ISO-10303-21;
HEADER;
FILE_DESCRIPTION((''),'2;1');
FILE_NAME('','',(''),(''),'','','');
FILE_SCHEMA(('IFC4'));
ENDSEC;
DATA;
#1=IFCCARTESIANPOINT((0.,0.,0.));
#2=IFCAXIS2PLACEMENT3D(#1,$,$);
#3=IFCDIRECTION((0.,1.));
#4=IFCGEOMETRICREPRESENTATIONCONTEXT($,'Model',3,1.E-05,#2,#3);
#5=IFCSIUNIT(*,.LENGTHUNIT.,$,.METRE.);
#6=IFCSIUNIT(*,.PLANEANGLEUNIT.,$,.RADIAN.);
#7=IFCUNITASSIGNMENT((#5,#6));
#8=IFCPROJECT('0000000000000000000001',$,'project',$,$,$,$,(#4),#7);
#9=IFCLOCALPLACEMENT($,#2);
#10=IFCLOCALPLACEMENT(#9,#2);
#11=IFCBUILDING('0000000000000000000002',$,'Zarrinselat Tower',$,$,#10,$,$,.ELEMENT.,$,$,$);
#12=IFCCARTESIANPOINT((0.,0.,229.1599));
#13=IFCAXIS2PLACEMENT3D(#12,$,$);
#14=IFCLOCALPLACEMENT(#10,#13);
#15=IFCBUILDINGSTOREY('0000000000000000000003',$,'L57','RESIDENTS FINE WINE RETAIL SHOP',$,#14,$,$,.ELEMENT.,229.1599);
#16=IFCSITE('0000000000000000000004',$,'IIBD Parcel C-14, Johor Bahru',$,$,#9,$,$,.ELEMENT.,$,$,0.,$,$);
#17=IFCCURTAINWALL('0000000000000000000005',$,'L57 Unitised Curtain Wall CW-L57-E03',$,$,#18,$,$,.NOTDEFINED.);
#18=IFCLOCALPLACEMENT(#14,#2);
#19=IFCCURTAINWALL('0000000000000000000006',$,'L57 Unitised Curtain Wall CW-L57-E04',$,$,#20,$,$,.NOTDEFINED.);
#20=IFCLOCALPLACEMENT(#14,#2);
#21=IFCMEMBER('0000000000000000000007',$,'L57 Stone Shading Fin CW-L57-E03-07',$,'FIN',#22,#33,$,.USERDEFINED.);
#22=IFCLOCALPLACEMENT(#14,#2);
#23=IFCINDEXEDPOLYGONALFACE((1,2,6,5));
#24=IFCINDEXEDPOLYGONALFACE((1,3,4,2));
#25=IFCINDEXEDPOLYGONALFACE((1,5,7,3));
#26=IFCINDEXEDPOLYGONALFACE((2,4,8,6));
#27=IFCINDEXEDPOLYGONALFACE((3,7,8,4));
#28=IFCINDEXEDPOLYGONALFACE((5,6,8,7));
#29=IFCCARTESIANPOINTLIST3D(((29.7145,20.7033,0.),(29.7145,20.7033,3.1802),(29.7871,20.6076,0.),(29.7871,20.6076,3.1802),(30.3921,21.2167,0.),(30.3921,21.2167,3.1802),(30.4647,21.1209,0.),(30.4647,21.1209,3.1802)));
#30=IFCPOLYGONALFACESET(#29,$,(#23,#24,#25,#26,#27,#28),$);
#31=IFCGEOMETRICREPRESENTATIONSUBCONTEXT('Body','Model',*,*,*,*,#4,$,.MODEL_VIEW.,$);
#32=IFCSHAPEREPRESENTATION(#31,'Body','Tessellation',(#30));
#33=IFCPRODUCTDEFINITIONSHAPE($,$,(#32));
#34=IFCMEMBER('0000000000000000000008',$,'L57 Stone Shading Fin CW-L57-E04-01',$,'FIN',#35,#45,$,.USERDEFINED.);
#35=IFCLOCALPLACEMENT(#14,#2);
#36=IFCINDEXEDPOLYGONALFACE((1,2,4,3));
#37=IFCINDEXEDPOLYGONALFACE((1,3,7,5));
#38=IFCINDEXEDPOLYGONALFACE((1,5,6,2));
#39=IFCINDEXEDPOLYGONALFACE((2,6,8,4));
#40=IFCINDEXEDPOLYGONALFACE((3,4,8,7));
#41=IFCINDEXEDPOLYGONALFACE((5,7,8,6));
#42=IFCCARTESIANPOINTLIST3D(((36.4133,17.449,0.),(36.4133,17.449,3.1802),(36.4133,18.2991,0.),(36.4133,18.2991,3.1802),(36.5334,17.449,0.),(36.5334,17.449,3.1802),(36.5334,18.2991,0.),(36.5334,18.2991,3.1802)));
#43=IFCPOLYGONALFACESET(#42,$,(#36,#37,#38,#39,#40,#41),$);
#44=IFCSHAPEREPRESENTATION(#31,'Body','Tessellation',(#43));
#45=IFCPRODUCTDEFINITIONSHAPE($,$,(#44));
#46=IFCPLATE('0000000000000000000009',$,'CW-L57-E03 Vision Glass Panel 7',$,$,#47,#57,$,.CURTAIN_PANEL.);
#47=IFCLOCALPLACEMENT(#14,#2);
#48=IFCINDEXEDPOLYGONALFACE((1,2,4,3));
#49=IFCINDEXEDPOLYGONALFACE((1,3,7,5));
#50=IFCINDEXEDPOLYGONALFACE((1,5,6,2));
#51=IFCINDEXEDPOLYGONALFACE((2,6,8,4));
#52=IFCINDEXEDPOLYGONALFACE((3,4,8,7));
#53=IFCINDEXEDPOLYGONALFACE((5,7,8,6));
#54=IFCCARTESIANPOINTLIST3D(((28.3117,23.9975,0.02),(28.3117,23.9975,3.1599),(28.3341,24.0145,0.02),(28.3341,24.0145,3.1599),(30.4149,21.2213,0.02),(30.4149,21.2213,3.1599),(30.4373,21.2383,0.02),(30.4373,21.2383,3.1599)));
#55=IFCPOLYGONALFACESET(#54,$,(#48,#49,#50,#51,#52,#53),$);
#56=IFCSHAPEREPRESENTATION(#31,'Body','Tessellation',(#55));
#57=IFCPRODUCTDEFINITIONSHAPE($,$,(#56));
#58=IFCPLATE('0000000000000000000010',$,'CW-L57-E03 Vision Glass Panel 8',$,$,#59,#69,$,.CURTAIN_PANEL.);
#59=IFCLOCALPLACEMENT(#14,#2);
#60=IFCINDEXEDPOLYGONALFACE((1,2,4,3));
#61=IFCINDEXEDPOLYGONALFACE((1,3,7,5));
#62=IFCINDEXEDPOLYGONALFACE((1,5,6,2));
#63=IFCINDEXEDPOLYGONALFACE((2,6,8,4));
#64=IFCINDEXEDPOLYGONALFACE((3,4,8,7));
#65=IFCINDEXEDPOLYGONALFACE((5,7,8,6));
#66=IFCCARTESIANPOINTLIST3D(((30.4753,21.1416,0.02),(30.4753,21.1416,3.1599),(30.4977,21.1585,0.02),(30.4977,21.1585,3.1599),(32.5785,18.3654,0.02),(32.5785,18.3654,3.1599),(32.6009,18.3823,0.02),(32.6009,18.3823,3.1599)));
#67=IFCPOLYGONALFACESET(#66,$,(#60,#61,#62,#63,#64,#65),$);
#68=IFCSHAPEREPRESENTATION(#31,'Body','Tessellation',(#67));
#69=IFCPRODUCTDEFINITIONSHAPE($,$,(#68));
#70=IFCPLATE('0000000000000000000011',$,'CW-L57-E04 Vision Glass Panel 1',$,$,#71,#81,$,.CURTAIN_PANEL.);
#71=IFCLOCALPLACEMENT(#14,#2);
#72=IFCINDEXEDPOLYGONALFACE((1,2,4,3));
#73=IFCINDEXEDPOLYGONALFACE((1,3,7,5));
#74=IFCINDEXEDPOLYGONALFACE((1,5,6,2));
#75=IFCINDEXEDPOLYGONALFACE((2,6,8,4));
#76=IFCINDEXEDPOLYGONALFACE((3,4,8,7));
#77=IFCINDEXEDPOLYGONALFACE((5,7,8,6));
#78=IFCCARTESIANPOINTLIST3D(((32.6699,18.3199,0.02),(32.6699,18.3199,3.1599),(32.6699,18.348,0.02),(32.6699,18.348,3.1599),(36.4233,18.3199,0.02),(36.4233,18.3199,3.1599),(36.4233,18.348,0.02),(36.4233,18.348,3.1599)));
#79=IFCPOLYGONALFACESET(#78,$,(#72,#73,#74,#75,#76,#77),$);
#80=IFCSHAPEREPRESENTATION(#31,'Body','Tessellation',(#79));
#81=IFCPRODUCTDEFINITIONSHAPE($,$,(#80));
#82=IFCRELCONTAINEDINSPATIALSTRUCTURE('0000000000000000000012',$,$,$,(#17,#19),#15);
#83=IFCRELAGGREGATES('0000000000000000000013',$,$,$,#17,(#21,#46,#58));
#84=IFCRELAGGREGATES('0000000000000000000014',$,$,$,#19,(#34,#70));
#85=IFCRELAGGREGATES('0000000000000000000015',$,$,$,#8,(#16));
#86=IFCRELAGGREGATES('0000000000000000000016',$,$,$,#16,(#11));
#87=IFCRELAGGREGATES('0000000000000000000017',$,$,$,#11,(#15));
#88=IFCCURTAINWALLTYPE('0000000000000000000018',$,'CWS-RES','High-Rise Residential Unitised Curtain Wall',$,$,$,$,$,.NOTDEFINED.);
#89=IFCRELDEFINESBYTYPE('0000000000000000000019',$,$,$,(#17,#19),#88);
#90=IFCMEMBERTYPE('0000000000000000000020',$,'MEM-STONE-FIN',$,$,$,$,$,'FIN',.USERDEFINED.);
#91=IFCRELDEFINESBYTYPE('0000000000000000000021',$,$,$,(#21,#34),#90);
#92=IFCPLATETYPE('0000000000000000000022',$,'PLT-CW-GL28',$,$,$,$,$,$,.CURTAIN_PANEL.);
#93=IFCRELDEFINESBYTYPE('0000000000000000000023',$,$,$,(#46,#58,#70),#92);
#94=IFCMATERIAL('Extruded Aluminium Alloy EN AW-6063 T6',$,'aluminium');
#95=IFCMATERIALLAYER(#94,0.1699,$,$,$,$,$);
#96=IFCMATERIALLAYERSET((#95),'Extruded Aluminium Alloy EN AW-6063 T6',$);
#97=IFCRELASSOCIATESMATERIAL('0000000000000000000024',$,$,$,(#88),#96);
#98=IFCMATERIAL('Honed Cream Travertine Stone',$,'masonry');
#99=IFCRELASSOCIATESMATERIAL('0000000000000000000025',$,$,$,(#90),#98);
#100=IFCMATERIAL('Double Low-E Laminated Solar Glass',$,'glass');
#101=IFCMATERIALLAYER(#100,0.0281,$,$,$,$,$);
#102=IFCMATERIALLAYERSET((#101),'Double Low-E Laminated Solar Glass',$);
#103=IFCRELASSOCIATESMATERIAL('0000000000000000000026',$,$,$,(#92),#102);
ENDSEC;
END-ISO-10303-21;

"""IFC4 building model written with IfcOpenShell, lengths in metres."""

from ifc_helpers import new_model, si_unit, direction, frame, origin, origin_2d, place, context, subcontext, project, spatial, rectangle, extrude, material, layer, layer_set, material_profile, profile_set, type_object, element, aggregate, save


model = new_model("IFC4")

# Units and contexts
model_context = context("Model", 3, precision=1e-05, world=origin(), true_north=direction((0.0, 1.0)))
body_context = subcontext(model_context, "Body", "Model", "MODEL_VIEW")
ifc_project = project(units=[si_unit("LENGTHUNIT", "METRE"), si_unit("PLANEANGLEUNIT", "RADIAN")], contexts=[model_context])

# Site, building, storey
site_placement = place(None, origin())
site = spatial("IfcSite", under=ifc_project, at=site_placement, Name="IIBD Parcel C-14, Johor Bahru", CompositionType="ELEMENT", RefElevation=0.0)
building_placement = place(site_placement, origin())
building = spatial("IfcBuilding", under=site, at=building_placement, Name="Zarrinselat Tower", CompositionType="ELEMENT")
storey_placement = place(building_placement, frame((0.0, 0.0, 229.1599)))
storey = spatial("IfcBuildingStorey", under=building, at=storey_placement, Name="L57", Description="RESIDENTS FINE WINE RETAIL SHOP", CompositionType="ELEMENT", Elevation=229.1599)

# Curtain walls
ifc_material_1 = material(Name="Extruded Aluminium Alloy EN AW-6063 T6", Category="aluminium")
ifc_layer_1 = layer(ifc_material_1, 0.1699)
ifc_layer_set_1 = layer_set([ifc_layer_1], Name="Extruded Aluminium Alloy EN AW-6063 T6")
curtain_wall_type = type_object("IfcCurtainWallType", Name="CWS-RES", Description="High-Rise Residential Unitised Curtain Wall", PredefinedType="NOTDEFINED", material=ifc_layer_set_1)
curtain_wall_1_placement = place(storey_placement, origin())
curtain_wall_1 = element("IfcCurtainWall", 1, at=curtain_wall_1_placement, inside=storey, type_object=curtain_wall_type, Name="L57 Unitised Curtain Wall CW-L57-E03", PredefinedType="NOTDEFINED")
curtain_wall_2_placement = place(storey_placement, origin())
curtain_wall_2 = element("IfcCurtainWall", 2, at=curtain_wall_2_placement, inside=storey, type_object=curtain_wall_type, Name="L57 Unitised Curtain Wall CW-L57-E04", PredefinedType="NOTDEFINED")

# Members
ifc_material_2 = material(Name="Honed Cream Travertine Stone", Category="masonry")
ifc_material_profile_1 = material_profile(ifc_material_2, rectangle(XDim=0.1201, YDim=0.8501, at=origin_2d()), Name="FIN 850x120")
ifc_profile_set_1 = profile_set([ifc_material_profile_1], Name="Honed Cream Travertine Stone")
member_type_1 = type_object("IfcMemberType", Name="MEM-STONE-FIN", ElementType="FIN", PredefinedType="USERDEFINED", material=ifc_profile_set_1)
member_1_placement = place(storey_placement, frame((30.0896, 20.9121, 0.0), z_axis=(0.0, 0.0, 1.0), x_axis=(-0.603857, 0.797092, 0.0)))
member_1 = element("IfcMember", 3, at=member_1_placement, type_object=member_type_1, Name="L57 Stone Shading Fin CW-L57-E03-07", ObjectType="FIN", PredefinedType="USERDEFINED", context=body_context, shape_type="SweptSolid", body=[
    extrude(rectangle(XDim=0.1201, YDim=0.8501, at=origin_2d()), origin(), (0.0, 0.0, 1.0), 3.1802),
])
member_2_placement = place(storey_placement, frame((36.4734, 17.874, 0.0), z_axis=(0.0, 0.0, 1.0), x_axis=(-1.0, 0.0, 0.0)))
member_2 = element("IfcMember", 4, at=member_2_placement, type_object=member_type_1, Name="L57 Stone Shading Fin CW-L57-E04-01", ObjectType="FIN", PredefinedType="USERDEFINED", context=body_context, shape_type="SweptSolid", body=[
    extrude(rectangle(XDim=0.1201, YDim=0.8501, at=origin_2d()), origin(), (0.0, 0.0, 1.0), 3.1802),
])

# Plates
ifc_material_3 = material(Name="Double Low-E Laminated Solar Glass", Category="glass")
ifc_layer_2 = layer(ifc_material_3, 0.0281)
ifc_layer_set_2 = layer_set([ifc_layer_2], Name="Double Low-E Laminated Solar Glass")
plate_type = type_object("IfcPlateType", Name="PLT-CW-GL28", PredefinedType="CURTAIN_PANEL", material=ifc_layer_set_2)
plate_1_placement = place(storey_placement, frame((29.3745, 22.6179, 0.02), z_axis=(0.0, 0.0, 1.0), x_axis=(0.603857, -0.797092, 0.0)))
plate_1 = element("IfcPlate", 5, at=plate_1_placement, type_object=plate_type, Name="CW-L57-E03 Vision Glass Panel 7", PredefinedType="CURTAIN_PANEL", context=body_context, shape_type="SweptSolid", body=[
    extrude(rectangle(XDim=3.4829, YDim=0.0281, at=origin_2d()), origin(), (0.0, 0.0, 1.0), 3.1399),
])
plate_2_placement = place(storey_placement, frame((31.5381, 19.762, 0.02), z_axis=(0.0, 0.0, 1.0), x_axis=(0.603857, -0.797092, 0.0)))
plate_2 = element("IfcPlate", 6, at=plate_2_placement, type_object=plate_type, Name="CW-L57-E03 Vision Glass Panel 8", PredefinedType="CURTAIN_PANEL", context=body_context, shape_type="SweptSolid", body=[
    extrude(rectangle(XDim=3.4829, YDim=0.0281, at=origin_2d()), origin(), (0.0, 0.0, 1.0), 3.1399),
])
aggregate(curtain_wall_1, [member_1, plate_1, plate_2])
plate_3_placement = place(storey_placement, frame((34.5466, 18.334, 0.02), z_axis=(0.0, 0.0, 1.0), x_axis=(1.0, 0.0, 0.0)))
plate_3 = element("IfcPlate", 7, at=plate_3_placement, type_object=plate_type, Name="CW-L57-E04 Vision Glass Panel 1", PredefinedType="CURTAIN_PANEL", context=body_context, shape_type="SweptSolid", body=[
    extrude(rectangle(XDim=3.7534, YDim=0.0281, at=origin_2d()), origin(), (0.0, 0.0, 1.0), 3.1399),
])
aggregate(curtain_wall_2, [member_2, plate_3])

save(model, "model.ifc")
